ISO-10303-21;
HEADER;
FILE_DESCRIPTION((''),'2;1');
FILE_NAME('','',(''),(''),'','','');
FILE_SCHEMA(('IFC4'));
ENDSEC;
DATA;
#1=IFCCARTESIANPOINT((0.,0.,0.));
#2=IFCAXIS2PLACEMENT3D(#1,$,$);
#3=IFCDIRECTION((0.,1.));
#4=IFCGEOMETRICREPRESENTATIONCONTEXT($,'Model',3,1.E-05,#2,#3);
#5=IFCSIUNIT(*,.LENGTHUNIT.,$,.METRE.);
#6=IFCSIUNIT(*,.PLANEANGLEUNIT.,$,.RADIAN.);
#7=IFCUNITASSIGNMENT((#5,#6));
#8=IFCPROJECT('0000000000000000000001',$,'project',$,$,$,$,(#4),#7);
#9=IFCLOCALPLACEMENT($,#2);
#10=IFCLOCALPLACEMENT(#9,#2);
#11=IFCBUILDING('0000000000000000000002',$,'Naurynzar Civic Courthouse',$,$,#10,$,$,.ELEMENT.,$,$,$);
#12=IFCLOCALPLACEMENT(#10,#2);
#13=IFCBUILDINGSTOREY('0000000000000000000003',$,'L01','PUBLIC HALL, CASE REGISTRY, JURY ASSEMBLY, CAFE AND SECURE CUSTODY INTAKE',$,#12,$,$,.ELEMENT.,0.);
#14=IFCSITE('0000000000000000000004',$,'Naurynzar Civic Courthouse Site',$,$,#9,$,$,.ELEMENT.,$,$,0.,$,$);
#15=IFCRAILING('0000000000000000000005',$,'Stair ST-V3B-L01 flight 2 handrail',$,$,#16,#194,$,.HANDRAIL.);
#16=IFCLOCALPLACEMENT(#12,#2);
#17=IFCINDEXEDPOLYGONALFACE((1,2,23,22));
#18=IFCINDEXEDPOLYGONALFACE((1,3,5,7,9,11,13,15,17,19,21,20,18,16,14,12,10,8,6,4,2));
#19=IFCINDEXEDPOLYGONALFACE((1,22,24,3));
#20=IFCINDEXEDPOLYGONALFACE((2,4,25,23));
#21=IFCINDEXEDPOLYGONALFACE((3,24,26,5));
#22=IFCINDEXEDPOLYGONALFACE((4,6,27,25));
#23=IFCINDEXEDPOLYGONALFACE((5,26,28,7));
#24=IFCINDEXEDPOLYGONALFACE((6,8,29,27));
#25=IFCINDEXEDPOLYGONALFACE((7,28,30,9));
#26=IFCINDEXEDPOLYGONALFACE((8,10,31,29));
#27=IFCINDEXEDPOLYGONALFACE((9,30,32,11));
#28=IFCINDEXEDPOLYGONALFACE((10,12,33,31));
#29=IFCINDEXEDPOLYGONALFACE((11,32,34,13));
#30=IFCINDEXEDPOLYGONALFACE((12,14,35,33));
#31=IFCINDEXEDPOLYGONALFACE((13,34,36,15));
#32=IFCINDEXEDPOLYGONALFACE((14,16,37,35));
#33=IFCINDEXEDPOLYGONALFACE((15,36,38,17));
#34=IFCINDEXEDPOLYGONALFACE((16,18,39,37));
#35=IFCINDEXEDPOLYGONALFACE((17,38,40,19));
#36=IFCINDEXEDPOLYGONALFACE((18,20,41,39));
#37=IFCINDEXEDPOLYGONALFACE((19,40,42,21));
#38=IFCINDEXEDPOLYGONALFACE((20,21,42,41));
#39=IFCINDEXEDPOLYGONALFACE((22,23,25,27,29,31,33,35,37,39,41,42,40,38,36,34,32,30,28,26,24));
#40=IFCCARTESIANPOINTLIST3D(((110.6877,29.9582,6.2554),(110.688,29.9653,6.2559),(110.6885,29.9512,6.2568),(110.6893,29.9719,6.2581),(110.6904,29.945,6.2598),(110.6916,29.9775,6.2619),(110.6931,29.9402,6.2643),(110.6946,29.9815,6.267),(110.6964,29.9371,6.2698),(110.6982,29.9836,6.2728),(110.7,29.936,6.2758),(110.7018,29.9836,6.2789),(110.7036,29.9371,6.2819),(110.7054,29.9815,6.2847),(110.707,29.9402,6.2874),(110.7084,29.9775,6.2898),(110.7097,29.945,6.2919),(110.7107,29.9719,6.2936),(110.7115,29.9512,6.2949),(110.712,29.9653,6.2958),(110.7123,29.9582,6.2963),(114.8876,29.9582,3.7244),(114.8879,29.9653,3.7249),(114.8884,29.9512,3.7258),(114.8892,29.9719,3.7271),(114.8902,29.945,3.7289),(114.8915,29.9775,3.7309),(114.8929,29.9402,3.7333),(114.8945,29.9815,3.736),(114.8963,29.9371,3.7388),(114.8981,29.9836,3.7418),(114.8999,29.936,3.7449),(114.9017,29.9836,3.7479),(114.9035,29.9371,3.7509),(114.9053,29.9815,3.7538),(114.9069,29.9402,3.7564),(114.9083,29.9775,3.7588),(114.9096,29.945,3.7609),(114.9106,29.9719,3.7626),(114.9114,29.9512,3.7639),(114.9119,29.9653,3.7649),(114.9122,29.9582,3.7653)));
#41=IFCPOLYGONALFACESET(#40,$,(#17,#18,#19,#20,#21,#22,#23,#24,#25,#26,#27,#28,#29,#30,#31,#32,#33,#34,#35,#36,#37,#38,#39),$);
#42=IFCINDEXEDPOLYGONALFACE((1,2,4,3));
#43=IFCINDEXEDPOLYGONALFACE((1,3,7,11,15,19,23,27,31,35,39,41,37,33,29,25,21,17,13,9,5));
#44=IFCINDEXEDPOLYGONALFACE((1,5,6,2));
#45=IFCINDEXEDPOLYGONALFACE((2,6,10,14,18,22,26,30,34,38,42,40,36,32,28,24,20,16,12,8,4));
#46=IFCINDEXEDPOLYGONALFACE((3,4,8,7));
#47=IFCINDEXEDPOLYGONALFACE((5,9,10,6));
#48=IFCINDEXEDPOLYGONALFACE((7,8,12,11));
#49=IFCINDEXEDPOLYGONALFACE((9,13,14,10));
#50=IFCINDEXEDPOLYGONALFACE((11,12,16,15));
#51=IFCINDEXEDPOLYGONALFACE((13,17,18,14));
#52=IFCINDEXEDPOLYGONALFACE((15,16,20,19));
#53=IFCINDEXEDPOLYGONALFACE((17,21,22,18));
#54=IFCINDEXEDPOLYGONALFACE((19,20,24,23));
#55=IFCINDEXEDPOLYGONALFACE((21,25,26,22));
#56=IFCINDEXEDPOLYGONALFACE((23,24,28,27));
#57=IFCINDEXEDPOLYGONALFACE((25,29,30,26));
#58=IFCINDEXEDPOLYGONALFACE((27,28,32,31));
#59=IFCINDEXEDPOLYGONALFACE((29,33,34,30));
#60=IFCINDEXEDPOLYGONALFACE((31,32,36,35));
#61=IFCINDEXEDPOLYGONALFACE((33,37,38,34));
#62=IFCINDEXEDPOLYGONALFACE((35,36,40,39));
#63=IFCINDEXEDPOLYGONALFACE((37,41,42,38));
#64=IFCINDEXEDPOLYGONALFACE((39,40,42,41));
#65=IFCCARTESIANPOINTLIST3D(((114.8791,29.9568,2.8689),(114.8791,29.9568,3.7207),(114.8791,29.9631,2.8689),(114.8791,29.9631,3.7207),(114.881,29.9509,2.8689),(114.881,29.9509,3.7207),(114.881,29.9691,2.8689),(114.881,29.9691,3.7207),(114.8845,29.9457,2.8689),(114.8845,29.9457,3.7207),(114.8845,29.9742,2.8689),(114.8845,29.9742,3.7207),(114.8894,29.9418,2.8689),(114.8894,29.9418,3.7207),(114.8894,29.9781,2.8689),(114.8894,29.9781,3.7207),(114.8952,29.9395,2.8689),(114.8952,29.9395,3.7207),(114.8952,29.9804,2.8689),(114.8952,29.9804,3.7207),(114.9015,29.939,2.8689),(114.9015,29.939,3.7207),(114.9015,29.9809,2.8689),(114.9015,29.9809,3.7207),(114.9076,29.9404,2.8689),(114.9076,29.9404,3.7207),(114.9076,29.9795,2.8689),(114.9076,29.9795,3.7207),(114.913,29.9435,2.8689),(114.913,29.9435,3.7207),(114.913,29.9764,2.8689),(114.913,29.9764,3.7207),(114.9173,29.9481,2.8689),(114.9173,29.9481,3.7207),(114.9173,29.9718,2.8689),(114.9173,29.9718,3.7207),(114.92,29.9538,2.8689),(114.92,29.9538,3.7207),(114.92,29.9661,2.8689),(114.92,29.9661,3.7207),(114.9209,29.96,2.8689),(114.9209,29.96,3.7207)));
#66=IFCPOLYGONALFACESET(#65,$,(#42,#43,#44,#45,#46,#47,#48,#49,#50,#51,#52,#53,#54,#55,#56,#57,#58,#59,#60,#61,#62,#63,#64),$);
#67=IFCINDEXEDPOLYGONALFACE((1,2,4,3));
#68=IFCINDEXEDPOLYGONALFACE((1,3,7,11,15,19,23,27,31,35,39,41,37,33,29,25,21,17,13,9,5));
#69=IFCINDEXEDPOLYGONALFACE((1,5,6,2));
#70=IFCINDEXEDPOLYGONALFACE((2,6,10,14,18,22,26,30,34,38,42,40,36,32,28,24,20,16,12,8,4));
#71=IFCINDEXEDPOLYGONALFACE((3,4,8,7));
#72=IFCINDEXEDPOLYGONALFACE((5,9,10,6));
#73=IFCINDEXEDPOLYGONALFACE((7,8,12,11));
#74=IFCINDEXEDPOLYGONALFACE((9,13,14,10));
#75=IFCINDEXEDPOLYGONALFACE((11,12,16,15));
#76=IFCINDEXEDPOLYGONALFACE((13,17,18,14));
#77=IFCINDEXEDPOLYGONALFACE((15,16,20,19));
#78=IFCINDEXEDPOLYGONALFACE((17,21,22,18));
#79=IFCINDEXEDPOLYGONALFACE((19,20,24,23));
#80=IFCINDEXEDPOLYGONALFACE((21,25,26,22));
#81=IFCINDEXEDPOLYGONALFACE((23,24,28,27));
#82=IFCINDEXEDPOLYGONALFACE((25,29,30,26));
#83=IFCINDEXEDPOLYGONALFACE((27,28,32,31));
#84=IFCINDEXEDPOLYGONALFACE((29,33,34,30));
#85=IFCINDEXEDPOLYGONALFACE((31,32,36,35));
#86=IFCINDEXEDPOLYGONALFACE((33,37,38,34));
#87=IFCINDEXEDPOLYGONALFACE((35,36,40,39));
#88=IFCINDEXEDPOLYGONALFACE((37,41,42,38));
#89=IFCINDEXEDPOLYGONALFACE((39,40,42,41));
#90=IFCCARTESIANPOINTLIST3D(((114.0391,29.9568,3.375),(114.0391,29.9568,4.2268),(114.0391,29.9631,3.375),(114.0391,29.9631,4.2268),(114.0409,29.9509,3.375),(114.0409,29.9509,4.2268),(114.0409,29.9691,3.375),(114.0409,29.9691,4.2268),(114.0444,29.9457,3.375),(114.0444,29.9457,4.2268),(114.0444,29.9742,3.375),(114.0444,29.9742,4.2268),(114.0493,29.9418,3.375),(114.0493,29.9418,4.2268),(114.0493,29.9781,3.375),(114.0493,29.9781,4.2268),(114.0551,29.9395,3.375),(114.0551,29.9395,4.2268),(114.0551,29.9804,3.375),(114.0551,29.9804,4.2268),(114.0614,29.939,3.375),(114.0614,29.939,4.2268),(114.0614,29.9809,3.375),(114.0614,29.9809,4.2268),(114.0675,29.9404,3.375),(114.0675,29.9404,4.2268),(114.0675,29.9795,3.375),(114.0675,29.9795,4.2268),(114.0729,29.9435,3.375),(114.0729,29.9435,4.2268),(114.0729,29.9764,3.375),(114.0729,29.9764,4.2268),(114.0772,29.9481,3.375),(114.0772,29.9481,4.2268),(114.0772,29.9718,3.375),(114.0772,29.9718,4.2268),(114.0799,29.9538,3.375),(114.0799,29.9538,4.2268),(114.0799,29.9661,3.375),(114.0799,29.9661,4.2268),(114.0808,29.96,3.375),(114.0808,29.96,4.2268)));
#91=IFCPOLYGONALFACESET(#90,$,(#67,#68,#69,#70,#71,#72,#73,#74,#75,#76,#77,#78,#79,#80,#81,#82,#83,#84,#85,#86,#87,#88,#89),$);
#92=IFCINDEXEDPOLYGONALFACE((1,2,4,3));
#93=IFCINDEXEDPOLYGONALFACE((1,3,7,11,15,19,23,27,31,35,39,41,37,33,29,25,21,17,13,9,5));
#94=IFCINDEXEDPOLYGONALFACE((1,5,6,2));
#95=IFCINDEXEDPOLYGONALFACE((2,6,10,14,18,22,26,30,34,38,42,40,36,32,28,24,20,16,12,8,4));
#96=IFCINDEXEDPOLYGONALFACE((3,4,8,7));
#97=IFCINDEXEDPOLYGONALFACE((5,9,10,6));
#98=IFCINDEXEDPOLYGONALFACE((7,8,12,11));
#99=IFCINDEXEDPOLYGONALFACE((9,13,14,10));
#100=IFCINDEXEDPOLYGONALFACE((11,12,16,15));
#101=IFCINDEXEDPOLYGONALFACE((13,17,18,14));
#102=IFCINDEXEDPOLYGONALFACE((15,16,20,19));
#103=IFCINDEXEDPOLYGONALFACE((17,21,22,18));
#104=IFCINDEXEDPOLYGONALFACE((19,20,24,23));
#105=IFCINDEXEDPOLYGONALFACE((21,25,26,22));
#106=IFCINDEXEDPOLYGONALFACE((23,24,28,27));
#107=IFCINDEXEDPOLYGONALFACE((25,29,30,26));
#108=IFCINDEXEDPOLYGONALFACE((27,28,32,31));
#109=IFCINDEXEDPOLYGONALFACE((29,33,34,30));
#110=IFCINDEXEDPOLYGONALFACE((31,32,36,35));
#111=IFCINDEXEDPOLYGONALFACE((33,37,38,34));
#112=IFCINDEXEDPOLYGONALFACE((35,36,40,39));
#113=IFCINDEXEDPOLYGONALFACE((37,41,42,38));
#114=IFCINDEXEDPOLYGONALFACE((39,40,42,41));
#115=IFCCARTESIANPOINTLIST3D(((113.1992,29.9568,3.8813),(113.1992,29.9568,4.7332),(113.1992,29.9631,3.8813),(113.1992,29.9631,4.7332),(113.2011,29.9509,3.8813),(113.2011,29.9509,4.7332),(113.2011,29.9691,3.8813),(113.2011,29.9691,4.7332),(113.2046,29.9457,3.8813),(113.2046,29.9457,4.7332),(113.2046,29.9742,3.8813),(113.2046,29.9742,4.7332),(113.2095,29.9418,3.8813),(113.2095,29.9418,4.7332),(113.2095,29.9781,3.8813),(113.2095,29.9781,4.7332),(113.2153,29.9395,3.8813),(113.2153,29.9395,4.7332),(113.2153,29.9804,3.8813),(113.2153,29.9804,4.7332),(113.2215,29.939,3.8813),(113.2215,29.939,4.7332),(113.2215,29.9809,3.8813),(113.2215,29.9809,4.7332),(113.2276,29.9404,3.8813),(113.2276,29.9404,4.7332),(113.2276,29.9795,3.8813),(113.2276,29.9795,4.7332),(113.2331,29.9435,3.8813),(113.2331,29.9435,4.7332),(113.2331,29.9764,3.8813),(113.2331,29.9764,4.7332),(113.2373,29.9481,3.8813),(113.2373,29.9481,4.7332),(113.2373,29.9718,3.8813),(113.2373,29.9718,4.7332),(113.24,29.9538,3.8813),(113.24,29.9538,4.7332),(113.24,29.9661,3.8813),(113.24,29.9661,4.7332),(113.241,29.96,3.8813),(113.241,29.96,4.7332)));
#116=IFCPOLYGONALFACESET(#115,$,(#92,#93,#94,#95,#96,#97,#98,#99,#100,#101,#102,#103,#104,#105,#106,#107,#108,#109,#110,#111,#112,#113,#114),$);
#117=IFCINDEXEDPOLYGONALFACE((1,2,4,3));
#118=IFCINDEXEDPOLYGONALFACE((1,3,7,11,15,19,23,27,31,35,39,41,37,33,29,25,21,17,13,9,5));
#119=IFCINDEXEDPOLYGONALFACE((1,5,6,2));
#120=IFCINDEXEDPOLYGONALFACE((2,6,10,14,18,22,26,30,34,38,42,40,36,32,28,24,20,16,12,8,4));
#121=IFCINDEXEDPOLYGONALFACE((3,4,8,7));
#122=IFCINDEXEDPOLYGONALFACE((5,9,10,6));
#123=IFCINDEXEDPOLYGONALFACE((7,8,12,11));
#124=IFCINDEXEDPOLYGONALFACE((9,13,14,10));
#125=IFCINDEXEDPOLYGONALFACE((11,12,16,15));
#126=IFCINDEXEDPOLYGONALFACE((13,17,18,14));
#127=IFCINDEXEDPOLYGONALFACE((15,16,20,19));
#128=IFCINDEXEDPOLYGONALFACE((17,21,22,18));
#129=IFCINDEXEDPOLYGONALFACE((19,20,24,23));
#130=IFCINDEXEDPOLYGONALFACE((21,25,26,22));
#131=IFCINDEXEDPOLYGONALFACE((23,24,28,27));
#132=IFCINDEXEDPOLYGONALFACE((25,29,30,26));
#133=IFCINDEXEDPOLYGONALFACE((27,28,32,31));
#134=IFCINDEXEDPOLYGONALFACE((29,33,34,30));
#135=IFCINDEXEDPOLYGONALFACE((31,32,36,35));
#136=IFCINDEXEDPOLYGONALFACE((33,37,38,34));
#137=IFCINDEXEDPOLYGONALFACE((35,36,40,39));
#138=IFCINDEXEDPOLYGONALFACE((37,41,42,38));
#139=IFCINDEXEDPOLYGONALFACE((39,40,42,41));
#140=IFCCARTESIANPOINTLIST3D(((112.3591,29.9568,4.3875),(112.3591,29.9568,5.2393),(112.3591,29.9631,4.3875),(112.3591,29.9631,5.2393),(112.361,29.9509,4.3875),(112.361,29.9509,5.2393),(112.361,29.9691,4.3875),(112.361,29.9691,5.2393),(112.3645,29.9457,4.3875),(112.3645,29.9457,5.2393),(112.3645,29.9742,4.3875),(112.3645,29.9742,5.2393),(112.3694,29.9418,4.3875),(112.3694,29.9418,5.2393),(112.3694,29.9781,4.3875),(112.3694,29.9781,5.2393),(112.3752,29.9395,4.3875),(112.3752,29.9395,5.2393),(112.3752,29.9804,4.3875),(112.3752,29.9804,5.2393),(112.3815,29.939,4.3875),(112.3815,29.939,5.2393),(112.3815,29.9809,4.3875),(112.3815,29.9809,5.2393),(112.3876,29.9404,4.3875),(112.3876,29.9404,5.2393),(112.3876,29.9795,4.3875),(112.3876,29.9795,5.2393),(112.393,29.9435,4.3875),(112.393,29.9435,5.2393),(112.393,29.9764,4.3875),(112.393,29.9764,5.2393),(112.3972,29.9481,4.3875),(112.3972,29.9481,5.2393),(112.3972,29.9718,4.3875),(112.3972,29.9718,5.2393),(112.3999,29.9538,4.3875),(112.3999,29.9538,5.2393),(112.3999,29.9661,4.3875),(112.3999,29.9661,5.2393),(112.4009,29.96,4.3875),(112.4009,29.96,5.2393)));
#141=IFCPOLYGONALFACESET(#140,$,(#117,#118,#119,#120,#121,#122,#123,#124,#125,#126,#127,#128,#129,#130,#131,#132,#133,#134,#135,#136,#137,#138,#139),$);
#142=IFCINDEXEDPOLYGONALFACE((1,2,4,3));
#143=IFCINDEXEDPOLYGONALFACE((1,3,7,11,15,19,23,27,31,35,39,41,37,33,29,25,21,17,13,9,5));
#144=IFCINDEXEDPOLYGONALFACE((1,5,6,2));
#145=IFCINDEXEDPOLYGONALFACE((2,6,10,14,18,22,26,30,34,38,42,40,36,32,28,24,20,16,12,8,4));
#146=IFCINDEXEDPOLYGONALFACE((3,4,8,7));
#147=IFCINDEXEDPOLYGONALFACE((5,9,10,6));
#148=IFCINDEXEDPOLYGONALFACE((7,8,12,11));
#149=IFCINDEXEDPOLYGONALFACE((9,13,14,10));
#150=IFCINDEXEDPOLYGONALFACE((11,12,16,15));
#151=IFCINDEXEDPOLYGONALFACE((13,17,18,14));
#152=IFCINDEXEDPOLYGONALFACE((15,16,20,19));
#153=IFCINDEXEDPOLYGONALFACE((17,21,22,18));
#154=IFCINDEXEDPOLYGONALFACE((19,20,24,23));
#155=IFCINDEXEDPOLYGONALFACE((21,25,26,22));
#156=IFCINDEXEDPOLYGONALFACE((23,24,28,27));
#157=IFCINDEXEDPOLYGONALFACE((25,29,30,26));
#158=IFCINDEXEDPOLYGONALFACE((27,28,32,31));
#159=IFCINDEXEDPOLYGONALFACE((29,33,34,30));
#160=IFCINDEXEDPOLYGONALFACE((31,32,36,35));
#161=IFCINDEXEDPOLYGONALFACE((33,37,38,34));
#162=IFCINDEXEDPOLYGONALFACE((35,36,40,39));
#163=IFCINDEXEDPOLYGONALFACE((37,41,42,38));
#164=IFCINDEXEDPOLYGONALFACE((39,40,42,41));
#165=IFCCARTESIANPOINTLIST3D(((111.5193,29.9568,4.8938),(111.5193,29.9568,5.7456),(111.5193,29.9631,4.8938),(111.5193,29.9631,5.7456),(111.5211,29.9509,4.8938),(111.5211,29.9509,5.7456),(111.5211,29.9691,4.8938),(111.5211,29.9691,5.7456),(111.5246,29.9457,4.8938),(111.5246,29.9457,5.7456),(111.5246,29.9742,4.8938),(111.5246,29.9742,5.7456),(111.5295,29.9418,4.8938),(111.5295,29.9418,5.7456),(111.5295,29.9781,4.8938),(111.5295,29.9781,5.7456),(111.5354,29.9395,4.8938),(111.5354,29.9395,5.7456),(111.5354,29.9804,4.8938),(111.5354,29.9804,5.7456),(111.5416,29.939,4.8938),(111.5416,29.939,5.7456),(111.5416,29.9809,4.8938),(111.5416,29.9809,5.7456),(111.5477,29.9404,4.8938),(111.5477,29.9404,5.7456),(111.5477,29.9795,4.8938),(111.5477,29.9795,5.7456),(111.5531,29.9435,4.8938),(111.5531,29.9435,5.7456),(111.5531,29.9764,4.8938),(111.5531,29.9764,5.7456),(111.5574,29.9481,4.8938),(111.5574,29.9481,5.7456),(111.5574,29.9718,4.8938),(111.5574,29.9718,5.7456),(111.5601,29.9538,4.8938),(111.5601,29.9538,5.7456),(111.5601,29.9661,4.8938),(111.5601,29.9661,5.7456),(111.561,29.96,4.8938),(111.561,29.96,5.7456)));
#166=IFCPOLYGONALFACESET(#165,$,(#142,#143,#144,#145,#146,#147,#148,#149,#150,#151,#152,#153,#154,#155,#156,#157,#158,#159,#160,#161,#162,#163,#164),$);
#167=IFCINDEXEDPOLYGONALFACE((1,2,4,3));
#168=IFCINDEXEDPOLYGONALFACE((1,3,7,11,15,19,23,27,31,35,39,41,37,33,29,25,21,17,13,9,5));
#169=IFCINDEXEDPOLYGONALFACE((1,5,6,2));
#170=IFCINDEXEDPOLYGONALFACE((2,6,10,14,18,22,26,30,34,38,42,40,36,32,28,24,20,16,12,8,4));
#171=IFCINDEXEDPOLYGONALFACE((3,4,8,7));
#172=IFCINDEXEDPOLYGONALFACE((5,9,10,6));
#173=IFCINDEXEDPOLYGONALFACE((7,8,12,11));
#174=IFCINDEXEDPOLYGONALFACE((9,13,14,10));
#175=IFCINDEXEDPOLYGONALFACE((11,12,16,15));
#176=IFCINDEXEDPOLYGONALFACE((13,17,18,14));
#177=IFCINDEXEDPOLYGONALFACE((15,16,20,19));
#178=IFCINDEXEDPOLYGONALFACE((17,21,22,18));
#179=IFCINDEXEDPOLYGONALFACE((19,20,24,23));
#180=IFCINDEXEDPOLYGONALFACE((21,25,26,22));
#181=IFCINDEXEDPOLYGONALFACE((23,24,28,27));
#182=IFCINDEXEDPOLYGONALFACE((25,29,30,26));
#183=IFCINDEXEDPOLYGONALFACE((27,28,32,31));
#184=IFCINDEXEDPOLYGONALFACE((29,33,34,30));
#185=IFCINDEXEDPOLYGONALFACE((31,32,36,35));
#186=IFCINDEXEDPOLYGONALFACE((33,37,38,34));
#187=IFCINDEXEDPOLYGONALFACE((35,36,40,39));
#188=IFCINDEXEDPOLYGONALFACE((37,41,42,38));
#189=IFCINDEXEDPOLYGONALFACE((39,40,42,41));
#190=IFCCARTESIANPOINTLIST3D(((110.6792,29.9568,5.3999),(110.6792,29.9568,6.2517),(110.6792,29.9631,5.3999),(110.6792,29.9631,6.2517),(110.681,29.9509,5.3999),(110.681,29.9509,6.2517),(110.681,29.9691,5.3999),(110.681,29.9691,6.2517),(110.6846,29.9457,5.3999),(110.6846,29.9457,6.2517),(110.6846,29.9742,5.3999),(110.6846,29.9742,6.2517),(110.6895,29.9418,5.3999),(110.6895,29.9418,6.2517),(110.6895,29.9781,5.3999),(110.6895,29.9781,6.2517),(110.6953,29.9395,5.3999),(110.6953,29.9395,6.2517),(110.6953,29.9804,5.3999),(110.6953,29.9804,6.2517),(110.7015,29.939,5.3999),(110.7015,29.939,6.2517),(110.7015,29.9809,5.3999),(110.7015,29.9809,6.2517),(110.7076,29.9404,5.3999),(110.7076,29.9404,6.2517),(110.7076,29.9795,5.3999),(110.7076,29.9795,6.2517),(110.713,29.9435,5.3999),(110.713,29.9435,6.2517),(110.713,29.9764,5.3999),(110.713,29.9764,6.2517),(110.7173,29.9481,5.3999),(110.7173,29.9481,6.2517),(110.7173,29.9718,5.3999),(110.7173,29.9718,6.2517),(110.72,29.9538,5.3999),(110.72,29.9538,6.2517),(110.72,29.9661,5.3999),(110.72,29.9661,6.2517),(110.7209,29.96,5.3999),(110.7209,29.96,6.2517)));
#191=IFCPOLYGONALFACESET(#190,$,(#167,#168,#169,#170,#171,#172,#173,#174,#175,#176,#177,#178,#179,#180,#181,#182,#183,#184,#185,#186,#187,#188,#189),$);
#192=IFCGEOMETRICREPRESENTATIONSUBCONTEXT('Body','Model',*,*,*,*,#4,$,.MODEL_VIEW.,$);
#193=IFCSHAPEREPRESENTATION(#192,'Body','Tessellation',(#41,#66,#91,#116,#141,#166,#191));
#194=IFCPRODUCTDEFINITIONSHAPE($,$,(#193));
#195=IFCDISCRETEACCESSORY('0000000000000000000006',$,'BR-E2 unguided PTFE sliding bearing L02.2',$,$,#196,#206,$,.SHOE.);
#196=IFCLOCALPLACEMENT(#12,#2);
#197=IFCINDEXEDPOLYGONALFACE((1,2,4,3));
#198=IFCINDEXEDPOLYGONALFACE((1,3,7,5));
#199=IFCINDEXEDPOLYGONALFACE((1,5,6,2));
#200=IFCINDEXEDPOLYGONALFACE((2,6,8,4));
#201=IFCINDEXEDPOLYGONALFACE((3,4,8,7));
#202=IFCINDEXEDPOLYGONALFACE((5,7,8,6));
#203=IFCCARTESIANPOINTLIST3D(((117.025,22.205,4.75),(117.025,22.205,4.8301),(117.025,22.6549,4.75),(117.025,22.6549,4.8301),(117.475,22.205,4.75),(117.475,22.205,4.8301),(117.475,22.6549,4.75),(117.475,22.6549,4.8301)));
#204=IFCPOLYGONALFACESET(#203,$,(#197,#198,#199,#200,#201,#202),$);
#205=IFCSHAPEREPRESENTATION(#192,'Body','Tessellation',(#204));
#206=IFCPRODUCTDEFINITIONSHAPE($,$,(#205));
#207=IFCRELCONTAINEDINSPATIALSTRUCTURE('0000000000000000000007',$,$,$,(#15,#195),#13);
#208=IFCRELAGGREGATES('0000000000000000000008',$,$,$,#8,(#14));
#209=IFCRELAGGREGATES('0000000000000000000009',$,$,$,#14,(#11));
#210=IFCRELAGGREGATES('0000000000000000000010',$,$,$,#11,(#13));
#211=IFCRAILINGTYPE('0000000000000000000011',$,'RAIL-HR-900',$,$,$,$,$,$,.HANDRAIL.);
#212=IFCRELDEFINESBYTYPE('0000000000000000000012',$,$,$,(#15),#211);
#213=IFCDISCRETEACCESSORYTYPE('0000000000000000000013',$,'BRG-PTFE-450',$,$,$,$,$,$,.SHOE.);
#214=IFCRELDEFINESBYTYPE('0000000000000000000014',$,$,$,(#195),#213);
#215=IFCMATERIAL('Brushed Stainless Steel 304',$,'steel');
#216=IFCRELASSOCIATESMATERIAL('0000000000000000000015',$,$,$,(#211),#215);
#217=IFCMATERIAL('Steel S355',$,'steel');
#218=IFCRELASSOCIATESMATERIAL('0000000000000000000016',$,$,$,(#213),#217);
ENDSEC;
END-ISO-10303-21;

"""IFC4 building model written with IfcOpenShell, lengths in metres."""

from ifc_helpers import new_model, si_unit, direction, frame, origin, origin_2d, place, context, subcontext, project, spatial, rectangle, circle, extrude, material, type_object, element, save


model = new_model("IFC4")

# Units and contexts
model_context = context("Model", 3, precision=1e-05, world=origin(), true_north=direction((0.0, 1.0)))
body_context = subcontext(model_context, "Body", "Model", "MODEL_VIEW")
ifc_project = project(units=[si_unit("LENGTHUNIT", "METRE"), si_unit("PLANEANGLEUNIT", "RADIAN")], contexts=[model_context])

# Site, building, storey
site_placement = place(None, origin())
site = spatial("IfcSite", under=ifc_project, at=site_placement, Name="Naurynzar Civic Courthouse Site", CompositionType="ELEMENT", RefElevation=0.0)
building_placement = place(site_placement, origin())
building = spatial("IfcBuilding", under=site, at=building_placement, Name="Naurynzar Civic Courthouse", CompositionType="ELEMENT")
storey_placement = place(building_placement, origin())
storey = spatial("IfcBuildingStorey", under=building, at=storey_placement, Name="L01", Description="PUBLIC HALL, CASE REGISTRY, JURY ASSEMBLY, CAFE AND SECURE CUSTODY INTAKE", CompositionType="ELEMENT", Elevation=0.0)

# Railing
ifc_material_1 = material(Name="Brushed Stainless Steel 304", Category="steel")
railing_type_1 = type_object("IfcRailingType", Name="RAIL-HR-900", PredefinedType="HANDRAIL", material=ifc_material_1)
railing_1_placement = place(storey_placement, frame((114.8999, 29.96, 2.8689)))
element("IfcRailing", 1, at=railing_1_placement, inside=storey, type_object=railing_type_1, Name="Stair ST-V3B-L01 flight 2 handrail", PredefinedType="HANDRAIL", context=body_context, shape_type="SweptSolid", body=[
    extrude(circle(Radius=0.0239, at=origin_2d()), frame((0.0, 0.0, 0.876), z_axis=(-0.856499, 0.0, 0.51615), x_axis=(0.0, -1.0, 0.0)), (0.0, 0.0, 1.0), 4.9036),
    extrude(circle(Radius=0.021, at=origin_2d()), origin(), (0.0, 0.0, 1.0), 0.8518),
    extrude(circle(Radius=0.021, at=origin_2d()), frame((-0.8401, 0.0, 0.5061)), (0.0, 0.0, 1.0), 0.8518),
    extrude(circle(Radius=0.021, at=origin_2d()), frame((-1.6799, 0.0, 1.0125)), (0.0, 0.0, 1.0), 0.8518),
    extrude(circle(Radius=0.021, at=origin_2d()), frame((-2.52, 0.0, 1.5186)), (0.0, 0.0, 1.0), 0.8518),
    extrude(circle(Radius=0.021, at=origin_2d()), frame((-3.3599, 0.0, 2.0249)), (0.0, 0.0, 1.0), 0.8518),
    extrude(circle(Radius=0.021, at=origin_2d()), frame((-4.2, 0.0, 2.531)), (0.0, 0.0, 1.0), 0.8518),
])

# Discrete accessory
ifc_material_2 = material(Name="Steel S355", Category="steel")
discrete_accessory_type_1 = type_object("IfcDiscreteAccessoryType", Name="BRG-PTFE-450", PredefinedType="SHOE", material=ifc_material_2)
discrete_accessory_1_placement = place(storey_placement, frame((117.25, 22.4299, 4.75), z_axis=(0.0, 0.0, 1.0), x_axis=(1.0, 0.0, 0.0)))
element("IfcDiscreteAccessory", 2, at=discrete_accessory_1_placement, inside=storey, type_object=discrete_accessory_type_1, Name="BR-E2 unguided PTFE sliding bearing L02.2", PredefinedType="SHOE", context=body_context, shape_type="SweptSolid", body=[
    extrude(rectangle(XDim=0.45, YDim=0.45, at=origin_2d()), origin(), (0.0, 0.0, 1.0), 0.0801),
])

save(model, "model.ifc")
